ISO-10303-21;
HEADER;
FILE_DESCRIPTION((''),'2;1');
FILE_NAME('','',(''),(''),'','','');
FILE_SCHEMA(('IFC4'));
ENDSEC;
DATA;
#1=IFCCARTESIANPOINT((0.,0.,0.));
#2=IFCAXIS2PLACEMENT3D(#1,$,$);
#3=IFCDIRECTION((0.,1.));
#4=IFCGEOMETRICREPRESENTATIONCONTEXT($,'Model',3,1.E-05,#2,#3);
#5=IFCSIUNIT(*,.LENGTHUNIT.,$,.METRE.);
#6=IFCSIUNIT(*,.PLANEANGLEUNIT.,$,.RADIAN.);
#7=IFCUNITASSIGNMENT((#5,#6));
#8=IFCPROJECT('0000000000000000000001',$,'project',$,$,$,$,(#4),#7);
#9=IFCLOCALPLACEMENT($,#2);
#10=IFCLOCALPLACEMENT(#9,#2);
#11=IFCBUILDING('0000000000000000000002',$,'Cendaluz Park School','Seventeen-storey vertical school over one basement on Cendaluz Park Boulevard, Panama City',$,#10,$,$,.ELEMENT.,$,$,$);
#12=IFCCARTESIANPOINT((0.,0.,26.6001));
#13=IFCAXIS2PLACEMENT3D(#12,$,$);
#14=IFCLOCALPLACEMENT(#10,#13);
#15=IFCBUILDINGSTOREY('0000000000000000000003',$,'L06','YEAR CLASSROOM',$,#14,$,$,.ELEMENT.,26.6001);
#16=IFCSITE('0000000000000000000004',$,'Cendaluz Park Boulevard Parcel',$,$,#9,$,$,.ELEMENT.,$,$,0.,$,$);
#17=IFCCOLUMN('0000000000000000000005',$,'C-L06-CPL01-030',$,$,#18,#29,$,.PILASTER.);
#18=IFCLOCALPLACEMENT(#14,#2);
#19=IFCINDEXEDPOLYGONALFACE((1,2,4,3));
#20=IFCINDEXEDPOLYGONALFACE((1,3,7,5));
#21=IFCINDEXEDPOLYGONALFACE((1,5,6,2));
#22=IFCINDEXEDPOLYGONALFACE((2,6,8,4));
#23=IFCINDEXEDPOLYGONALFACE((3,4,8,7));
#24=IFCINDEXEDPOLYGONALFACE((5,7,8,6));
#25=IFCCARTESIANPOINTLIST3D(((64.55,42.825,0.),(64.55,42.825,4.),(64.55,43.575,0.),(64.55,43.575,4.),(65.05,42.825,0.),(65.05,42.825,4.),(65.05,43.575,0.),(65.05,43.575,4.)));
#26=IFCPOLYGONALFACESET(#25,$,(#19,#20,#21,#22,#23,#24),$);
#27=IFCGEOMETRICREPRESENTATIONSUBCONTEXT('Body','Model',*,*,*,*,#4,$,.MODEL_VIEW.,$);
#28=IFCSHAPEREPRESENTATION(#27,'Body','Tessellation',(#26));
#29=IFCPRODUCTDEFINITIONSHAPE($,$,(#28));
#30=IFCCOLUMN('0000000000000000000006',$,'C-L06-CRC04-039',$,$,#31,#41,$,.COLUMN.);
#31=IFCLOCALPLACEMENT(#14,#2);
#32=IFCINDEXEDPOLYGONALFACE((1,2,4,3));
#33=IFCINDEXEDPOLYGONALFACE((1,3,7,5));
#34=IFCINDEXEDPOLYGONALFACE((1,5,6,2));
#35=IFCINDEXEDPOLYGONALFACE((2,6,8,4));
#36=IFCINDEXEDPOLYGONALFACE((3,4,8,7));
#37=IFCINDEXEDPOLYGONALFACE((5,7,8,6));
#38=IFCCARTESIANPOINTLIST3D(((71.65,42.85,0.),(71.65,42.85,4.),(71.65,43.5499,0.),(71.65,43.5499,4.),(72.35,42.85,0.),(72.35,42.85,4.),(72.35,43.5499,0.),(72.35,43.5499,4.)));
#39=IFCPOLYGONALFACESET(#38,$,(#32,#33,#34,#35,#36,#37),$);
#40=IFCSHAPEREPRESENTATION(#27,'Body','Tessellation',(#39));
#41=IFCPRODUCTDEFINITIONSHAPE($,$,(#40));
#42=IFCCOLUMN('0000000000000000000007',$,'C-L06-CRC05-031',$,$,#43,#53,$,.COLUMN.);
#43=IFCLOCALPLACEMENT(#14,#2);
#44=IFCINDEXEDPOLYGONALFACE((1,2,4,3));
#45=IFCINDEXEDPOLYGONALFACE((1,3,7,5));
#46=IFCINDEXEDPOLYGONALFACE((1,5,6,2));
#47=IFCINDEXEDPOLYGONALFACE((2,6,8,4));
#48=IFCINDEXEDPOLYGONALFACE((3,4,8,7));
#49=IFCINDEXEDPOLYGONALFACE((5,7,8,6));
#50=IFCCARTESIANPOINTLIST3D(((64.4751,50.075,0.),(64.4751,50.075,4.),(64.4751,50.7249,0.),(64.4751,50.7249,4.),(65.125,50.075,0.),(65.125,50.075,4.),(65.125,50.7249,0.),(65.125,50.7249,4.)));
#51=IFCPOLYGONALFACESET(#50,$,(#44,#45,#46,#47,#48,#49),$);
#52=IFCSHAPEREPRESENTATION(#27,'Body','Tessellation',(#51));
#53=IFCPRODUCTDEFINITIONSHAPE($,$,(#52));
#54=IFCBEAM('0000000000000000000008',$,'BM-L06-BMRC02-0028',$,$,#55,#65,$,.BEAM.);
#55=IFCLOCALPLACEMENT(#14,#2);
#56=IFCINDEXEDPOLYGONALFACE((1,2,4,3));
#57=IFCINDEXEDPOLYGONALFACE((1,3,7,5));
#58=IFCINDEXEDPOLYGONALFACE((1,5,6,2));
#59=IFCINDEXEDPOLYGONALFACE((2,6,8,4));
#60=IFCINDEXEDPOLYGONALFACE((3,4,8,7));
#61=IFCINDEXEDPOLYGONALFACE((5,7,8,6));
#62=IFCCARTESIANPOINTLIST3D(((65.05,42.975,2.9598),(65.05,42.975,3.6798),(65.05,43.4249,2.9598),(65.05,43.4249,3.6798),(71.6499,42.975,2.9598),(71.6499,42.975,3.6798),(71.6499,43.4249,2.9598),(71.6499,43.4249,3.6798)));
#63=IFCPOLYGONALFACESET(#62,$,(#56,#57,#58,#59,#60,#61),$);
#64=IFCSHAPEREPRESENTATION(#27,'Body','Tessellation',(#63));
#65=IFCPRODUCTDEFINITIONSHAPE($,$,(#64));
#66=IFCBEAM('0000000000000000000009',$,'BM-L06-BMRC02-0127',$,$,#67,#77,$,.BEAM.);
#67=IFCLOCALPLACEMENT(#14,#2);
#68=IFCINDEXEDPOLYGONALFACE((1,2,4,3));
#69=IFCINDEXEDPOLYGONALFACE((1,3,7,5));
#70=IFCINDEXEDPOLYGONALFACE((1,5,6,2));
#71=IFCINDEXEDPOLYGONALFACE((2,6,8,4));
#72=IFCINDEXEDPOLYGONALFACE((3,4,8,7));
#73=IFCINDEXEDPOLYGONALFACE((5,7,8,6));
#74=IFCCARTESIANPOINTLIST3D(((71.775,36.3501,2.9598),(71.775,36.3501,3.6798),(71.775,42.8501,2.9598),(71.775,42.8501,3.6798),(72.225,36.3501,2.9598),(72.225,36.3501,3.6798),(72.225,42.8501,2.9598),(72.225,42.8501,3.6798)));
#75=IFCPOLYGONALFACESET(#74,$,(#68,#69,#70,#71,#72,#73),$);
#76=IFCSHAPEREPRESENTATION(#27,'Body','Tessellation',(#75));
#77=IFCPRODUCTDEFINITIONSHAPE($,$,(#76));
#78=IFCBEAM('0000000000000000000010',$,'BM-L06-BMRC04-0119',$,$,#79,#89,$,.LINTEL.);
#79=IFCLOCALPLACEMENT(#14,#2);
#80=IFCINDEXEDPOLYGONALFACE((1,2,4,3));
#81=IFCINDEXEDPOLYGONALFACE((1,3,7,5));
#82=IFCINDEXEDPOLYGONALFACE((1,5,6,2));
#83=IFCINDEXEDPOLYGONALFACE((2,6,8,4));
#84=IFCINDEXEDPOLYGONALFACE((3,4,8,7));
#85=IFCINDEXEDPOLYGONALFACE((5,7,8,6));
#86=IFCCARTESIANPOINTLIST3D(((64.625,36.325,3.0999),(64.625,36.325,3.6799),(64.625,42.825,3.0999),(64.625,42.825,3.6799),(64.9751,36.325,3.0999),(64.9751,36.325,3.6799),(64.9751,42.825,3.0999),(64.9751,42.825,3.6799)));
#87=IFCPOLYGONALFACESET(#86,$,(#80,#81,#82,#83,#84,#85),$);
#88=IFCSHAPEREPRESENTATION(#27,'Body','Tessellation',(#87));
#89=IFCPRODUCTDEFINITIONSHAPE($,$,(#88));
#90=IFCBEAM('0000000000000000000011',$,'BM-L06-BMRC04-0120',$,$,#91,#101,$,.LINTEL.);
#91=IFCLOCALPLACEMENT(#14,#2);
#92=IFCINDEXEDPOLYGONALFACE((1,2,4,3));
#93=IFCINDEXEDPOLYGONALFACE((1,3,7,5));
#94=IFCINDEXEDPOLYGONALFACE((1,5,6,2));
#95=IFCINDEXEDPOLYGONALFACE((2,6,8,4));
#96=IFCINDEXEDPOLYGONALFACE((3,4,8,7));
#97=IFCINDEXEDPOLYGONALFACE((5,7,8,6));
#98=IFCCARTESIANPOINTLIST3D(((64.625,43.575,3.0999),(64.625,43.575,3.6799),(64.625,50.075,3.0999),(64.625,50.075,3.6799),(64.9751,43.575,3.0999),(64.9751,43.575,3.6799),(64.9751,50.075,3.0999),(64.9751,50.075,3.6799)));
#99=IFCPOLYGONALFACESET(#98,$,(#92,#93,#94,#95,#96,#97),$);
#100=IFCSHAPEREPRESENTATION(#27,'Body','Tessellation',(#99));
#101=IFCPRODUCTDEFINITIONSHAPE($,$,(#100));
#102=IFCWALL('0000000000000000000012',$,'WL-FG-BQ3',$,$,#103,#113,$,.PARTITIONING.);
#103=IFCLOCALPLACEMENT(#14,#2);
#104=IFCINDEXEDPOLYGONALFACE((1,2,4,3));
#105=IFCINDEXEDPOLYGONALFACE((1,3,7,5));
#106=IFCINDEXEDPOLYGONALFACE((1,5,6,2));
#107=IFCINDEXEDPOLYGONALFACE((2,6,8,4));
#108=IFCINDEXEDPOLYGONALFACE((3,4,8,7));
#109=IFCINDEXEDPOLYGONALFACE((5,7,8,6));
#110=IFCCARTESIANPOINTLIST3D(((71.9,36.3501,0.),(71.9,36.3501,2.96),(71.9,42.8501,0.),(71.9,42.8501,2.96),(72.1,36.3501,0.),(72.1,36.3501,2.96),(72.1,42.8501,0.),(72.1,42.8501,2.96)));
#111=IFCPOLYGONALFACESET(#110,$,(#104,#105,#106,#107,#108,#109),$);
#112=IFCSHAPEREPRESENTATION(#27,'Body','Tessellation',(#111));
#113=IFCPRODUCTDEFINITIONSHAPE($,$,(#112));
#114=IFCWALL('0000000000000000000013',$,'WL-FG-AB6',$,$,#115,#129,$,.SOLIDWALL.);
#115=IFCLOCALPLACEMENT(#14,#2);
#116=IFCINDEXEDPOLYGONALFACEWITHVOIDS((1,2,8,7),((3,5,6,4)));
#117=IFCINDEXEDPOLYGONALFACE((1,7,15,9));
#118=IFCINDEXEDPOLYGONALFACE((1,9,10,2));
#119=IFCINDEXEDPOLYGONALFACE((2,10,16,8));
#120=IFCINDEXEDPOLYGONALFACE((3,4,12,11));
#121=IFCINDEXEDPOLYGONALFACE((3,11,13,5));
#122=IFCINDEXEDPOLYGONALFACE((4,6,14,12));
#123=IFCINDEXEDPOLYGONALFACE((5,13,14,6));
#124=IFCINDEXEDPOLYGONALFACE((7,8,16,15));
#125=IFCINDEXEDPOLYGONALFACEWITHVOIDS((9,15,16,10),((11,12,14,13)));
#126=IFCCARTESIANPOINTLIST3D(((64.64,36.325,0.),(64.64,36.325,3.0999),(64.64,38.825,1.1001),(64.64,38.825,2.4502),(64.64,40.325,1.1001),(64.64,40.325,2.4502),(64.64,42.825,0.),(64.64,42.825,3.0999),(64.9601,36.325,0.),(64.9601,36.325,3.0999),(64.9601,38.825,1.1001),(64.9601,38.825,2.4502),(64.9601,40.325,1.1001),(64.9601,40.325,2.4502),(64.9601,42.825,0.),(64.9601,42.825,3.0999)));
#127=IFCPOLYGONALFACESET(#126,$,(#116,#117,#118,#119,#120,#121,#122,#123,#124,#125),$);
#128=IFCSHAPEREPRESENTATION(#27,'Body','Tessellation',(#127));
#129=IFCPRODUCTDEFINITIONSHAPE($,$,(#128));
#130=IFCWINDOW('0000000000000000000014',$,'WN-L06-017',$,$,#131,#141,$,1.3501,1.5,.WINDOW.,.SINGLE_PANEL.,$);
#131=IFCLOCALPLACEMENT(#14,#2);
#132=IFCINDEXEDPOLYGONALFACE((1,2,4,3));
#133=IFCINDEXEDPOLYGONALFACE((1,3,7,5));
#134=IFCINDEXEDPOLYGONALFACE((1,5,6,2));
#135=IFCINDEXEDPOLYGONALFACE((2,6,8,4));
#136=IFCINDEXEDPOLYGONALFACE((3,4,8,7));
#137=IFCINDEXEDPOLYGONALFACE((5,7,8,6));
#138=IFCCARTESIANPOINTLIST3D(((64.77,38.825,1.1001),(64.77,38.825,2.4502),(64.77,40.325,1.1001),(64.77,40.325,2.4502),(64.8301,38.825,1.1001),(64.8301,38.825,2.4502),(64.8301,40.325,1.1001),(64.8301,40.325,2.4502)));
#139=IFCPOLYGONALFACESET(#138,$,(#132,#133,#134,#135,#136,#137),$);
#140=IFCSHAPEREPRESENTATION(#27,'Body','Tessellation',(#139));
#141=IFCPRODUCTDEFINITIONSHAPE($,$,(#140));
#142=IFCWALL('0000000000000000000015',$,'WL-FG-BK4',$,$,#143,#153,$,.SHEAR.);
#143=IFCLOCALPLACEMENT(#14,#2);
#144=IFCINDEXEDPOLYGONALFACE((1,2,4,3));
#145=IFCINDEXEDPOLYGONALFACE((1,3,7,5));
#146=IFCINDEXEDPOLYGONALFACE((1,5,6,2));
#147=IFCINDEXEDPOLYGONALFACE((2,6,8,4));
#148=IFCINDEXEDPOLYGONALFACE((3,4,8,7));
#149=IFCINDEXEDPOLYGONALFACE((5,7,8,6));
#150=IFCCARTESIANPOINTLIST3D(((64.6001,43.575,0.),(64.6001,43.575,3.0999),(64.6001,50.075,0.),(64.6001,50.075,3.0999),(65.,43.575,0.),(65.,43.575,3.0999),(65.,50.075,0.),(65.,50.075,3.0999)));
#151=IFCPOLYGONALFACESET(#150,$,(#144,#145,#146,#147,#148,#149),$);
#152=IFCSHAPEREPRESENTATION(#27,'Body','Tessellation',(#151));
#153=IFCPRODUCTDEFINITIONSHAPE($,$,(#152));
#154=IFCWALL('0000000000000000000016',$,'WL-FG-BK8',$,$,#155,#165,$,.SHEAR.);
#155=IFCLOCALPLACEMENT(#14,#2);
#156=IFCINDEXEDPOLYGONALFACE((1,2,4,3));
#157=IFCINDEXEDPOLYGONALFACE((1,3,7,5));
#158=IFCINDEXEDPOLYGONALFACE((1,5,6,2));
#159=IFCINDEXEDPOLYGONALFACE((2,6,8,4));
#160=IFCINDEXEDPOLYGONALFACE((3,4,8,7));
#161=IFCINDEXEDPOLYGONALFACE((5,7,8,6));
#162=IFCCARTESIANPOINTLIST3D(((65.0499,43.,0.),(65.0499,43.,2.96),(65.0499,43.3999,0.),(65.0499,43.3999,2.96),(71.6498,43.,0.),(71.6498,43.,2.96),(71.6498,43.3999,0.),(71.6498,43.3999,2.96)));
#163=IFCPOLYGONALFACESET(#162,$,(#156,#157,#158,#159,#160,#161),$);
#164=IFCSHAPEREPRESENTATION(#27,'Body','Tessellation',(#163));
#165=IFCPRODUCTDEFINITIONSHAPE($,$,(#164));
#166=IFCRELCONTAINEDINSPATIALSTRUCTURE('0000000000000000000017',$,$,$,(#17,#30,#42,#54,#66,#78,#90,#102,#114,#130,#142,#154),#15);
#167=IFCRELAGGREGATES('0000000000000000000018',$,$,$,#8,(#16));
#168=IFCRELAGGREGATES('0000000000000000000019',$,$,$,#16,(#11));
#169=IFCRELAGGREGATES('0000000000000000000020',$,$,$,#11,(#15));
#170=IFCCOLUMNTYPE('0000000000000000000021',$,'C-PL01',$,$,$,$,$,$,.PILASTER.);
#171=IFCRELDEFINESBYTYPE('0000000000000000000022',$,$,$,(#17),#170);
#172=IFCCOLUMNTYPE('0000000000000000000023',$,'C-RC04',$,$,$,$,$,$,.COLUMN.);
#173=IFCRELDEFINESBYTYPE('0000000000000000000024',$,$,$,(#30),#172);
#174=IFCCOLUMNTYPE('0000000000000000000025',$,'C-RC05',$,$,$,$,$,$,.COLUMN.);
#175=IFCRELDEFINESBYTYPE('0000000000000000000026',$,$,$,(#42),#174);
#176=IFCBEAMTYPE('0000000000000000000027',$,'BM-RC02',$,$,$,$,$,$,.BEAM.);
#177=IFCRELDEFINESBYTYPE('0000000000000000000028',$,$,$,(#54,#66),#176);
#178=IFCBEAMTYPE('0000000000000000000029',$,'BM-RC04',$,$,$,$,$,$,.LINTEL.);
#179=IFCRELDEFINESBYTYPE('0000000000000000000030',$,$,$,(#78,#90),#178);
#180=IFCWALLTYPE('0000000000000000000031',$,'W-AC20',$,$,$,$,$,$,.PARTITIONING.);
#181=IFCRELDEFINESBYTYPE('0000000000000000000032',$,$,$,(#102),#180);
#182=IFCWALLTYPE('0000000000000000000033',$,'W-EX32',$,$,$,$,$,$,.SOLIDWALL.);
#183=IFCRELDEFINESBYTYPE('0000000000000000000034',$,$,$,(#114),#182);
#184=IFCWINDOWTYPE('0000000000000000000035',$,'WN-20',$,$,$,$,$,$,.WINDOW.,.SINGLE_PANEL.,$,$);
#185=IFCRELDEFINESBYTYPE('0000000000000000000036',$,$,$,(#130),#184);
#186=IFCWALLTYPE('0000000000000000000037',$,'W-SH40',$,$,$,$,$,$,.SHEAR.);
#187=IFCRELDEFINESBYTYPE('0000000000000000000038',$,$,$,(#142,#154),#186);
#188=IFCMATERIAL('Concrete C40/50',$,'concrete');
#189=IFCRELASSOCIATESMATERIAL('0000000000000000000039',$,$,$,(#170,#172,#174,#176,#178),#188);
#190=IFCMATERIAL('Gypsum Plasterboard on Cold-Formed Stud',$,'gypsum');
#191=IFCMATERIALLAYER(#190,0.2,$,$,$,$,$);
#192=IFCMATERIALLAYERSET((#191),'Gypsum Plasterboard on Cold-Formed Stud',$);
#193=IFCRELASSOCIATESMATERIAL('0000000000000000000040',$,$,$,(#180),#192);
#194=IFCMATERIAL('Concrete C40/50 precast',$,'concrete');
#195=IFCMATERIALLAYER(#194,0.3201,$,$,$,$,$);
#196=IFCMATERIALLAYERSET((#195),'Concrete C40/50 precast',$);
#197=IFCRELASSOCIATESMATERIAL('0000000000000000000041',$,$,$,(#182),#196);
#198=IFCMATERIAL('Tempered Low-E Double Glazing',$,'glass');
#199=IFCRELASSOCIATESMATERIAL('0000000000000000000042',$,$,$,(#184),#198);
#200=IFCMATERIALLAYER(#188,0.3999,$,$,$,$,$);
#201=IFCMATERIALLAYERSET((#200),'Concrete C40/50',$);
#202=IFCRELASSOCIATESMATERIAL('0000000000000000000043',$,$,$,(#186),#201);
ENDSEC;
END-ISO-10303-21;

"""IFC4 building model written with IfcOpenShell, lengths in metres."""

from ifc_helpers import new_model, si_unit, direction, frame, frame_2d, origin, origin_2d, place, context, subcontext, project, spatial, rectangle, extrude, material, layer, layer_set, material_profile, profile_set, type_object, element, fill, save


model = new_model("IFC4")

# Units and contexts
model_context = context("Model", 3, precision=1e-05, world=origin(), true_north=direction((0.0, 1.0)))
body_context = subcontext(model_context, "Body", "Model", "MODEL_VIEW")
ifc_project = project(units=[si_unit("LENGTHUNIT", "METRE"), si_unit("PLANEANGLEUNIT", "RADIAN")], contexts=[model_context])

# Site, building, storey
site_placement = place(None, origin())
site = spatial("IfcSite", under=ifc_project, at=site_placement, Name="Cendaluz Park Boulevard Parcel", CompositionType="ELEMENT", RefElevation=0.0)
building_placement = place(site_placement, origin())
building = spatial("IfcBuilding", under=site, at=building_placement, Name="Cendaluz Park School", Description="Seventeen-storey vertical school over one basement on Cendaluz Park Boulevard, Panama City", CompositionType="ELEMENT")
storey_placement = place(building_placement, frame((0.0, 0.0, 26.6001)))
storey = spatial("IfcBuildingStorey", under=building, at=storey_placement, Name="L06", Description="YEAR CLASSROOM", CompositionType="ELEMENT", Elevation=26.6001)

# Columns
ifc_material_1 = material(Name="Concrete C40/50", Category="concrete")
ifc_material_profile_1 = material_profile(ifc_material_1, rectangle(XDim=0.5, YDim=0.75, at=origin_2d()), Name="RC 500x750", Category="concrete")
ifc_profile_set_1 = profile_set([ifc_material_profile_1], Name="Concrete C40/50")
column_type_1 = type_object("IfcColumnType", Name="C-PL01", PredefinedType="PILASTER", material=ifc_profile_set_1)
column_1_placement = place(storey_placement, frame((64.8, 43.2, 0.0), z_axis=(0.0, 0.0, 1.0), x_axis=(1.0, 0.0, 0.0)))
element("IfcColumn", 1, at=column_1_placement, inside=storey, type_object=column_type_1, Name="C-L06-CPL01-030", PredefinedType="PILASTER", context=body_context, shape_type="SweptSolid", body=[
    extrude(rectangle(XDim=0.5, YDim=0.75, at=origin_2d()), origin(), (0.0, 0.0, 1.0), 4.0),
])
ifc_material_profile_2 = material_profile(ifc_material_1, rectangle(XDim=0.7, YDim=0.7, at=origin_2d()), Name="RC 700x700", Category="concrete")
ifc_profile_set_2 = profile_set([ifc_material_profile_2], Name="Concrete C40/50")
column_type_2 = type_object("IfcColumnType", Name="C-RC04", PredefinedType="COLUMN", material=ifc_profile_set_2)
column_2_placement = place(storey_placement, frame((72.0, 43.2, 0.0), z_axis=(0.0, 0.0, 1.0), x_axis=(1.0, 0.0, 0.0)))
element("IfcColumn", 2, at=column_2_placement, inside=storey, type_object=column_type_2, Name="C-L06-CRC04-039", PredefinedType="COLUMN", context=body_context, shape_type="SweptSolid", body=[
    extrude(rectangle(XDim=0.7, YDim=0.7, at=origin_2d()), origin(), (0.0, 0.0, 1.0), 4.0),
])
ifc_material_profile_3 = material_profile(ifc_material_1, rectangle(XDim=0.6499, YDim=0.6499, at=origin_2d()), Name="RC 650x650", Category="concrete")
ifc_profile_set_3 = profile_set([ifc_material_profile_3], Name="Concrete C40/50")
column_type_3 = type_object("IfcColumnType", Name="C-RC05", PredefinedType="COLUMN", material=ifc_profile_set_3)
column_3_placement = place(storey_placement, frame((64.8, 50.3999, 0.0), z_axis=(0.0, 0.0, 1.0), x_axis=(1.0, 0.0, 0.0)))
element("IfcColumn", 3, at=column_3_placement, inside=storey, type_object=column_type_3, Name="C-L06-CRC05-031", PredefinedType="COLUMN", context=body_context, shape_type="SweptSolid", body=[
    extrude(rectangle(XDim=0.6499, YDim=0.6499, at=origin_2d()), origin(), (0.0, 0.0, 1.0), 4.0),
])

# Beams
ifc_material_profile_4 = material_profile(ifc_material_1, rectangle(XDim=0.45, YDim=0.72, at=origin_2d()), Name="RC 450x720", Category="concrete")
ifc_profile_set_4 = profile_set([ifc_material_profile_4], Name="Concrete C40/50")
beam_type_1 = type_object("IfcBeamType", Name="BM-RC02", PredefinedType="BEAM", material=ifc_profile_set_4)
beam_1_placement = place(storey_placement, frame((65.05, 43.2, 3.3198), z_axis=(1.0, 0.0, 0.0), x_axis=(0.0, 1.0, 0.0)))
element("IfcBeam", 4, at=beam_1_placement, inside=storey, type_object=beam_type_1, Name="BM-L06-BMRC02-0028", PredefinedType="BEAM", context=body_context, shape_type="SweptSolid", body=[
    extrude(rectangle(XDim=0.45, YDim=0.72, at=origin_2d()), origin(), (0.0, 0.0, 1.0), 6.5999),
])
beam_2_placement = place(storey_placement, frame((72.0, 36.3501, 3.3198), z_axis=(0.0, 1.0, 0.0), x_axis=(-1.0, 0.0, 0.0)))
element("IfcBeam", 5, at=beam_2_placement, inside=storey, type_object=beam_type_1, Name="BM-L06-BMRC02-0127", PredefinedType="BEAM", context=body_context, shape_type="SweptSolid", body=[
    extrude(rectangle(XDim=0.45, YDim=0.72, at=origin_2d()), origin(), (0.0, 0.0, 1.0), 6.5),
])
ifc_material_profile_5 = material_profile(ifc_material_1, rectangle(XDim=0.3501, YDim=0.5801, at=origin_2d()), Name="RC 350x580", Category="concrete")
ifc_profile_set_5 = profile_set([ifc_material_profile_5], Name="Concrete C40/50")
beam_type_2 = type_object("IfcBeamType", Name="BM-RC04", PredefinedType="LINTEL", material=ifc_profile_set_5)
for number, where, z_axis, x_axis, name in (
    (6, (64.8, 36.325, 3.3899), (0.0, 1.0, 0.0), (-1.0, 0.0, 0.0), "BM-L06-BMRC04-0119"),
    (7, (64.8, 43.575, 3.3899), (0.0, 1.0, 0.0), (-1.0, 0.0, 0.0), "BM-L06-BMRC04-0120"),
):
    element("IfcBeam", number, at=place(storey_placement, frame(where, z_axis=z_axis, x_axis=x_axis)), inside=storey, type_object=beam_type_2, Name=name, PredefinedType="LINTEL", context=body_context, shape_type="SweptSolid", body=[
        extrude(rectangle(XDim=0.3501, YDim=0.5801, at=origin_2d()), origin(), (0.0, 0.0, 1.0), 6.5),
    ])

# Wall
ifc_material_2 = material(Name="Gypsum Plasterboard on Cold-Formed Stud", Category="gypsum")
ifc_layer_1 = layer(ifc_material_2, 0.2)
ifc_layer_set_1 = layer_set([ifc_layer_1], Name="Gypsum Plasterboard on Cold-Formed Stud")
wall_type_1 = type_object("IfcWallType", Name="W-AC20", PredefinedType="PARTITIONING", material=ifc_layer_set_1)
wall_1_placement = place(storey_placement, frame((72.0, 36.3501, 0.0), z_axis=(0.0, 0.0, 1.0), x_axis=(0.0, 1.0, 0.0)))
element("IfcWall", 8, at=wall_1_placement, inside=storey, type_object=wall_type_1, Name="WL-FG-BQ3", PredefinedType="PARTITIONING", context=body_context, shape_type="SweptSolid", body=[
    extrude(rectangle(XDim=6.5, YDim=0.2, at=frame_2d((3.25, 0.0))), origin(), (0.0, 0.0, 1.0), 2.96),
])

# Wall, opening, window
ifc_material_3 = material(Name="Concrete C40/50 precast", Category="concrete")
ifc_layer_2 = layer(ifc_material_3, 0.3201)
ifc_layer_set_2 = layer_set([ifc_layer_2], Name="Concrete C40/50 precast")
wall_type_2 = type_object("IfcWallType", Name="W-EX32", PredefinedType="SOLIDWALL", material=ifc_layer_set_2)
wall_2_placement = place(storey_placement, frame((64.8, 36.325, 0.0), z_axis=(0.0, 0.0, 1.0), x_axis=(0.0, 1.0, 0.0)))
wall_2 = element("IfcWall", 9, at=wall_2_placement, inside=storey, type_object=wall_type_2, Name="WL-FG-AB6", PredefinedType="SOLIDWALL", context=body_context, shape_type="SweptSolid", body=[
    extrude(rectangle(XDim=6.5, YDim=0.3201, at=frame_2d((3.25, 0.0))), origin(), (0.0, 0.0, 1.0), 3.0999),
])
opening_1_placement = place(wall_2_placement, frame((2.5, 0.0, 1.1001)))
opening_1 = element("IfcOpeningElement", 10, at=opening_1_placement, cuts=wall_2, PredefinedType="OPENING", context=body_context, shape_type="SweptSolid", body=[
    extrude(rectangle(XDim=1.5, YDim=1.3501, at=frame_2d((0.75, 0.675))), frame((0.0, 0.1721, 0.0), z_axis=(0.0, -1.0, 0.0), x_axis=(1.0, 0.0, 0.0)), (0.0, 0.0, 1.0), 0.344),
])
ifc_material_4 = material(Name="Tempered Low-E Double Glazing", Category="glass")
window_type = type_object("IfcWindowType", Name="WN-20", PartitioningType="SINGLE_PANEL", PredefinedType="WINDOW", material=ifc_material_4)
window_placement = place(opening_1_placement, origin())
window = element("IfcWindow", 11, at=window_placement, inside=storey, type_object=window_type, Name="WN-L06-017", OverallHeight=1.3501, OverallWidth=1.5, PartitioningType="SINGLE_PANEL", PredefinedType="WINDOW", context=body_context, shape_type="SweptSolid", body=[
    extrude(rectangle(XDim=1.5, YDim=1.3501, at=frame_2d((0.75, 0.675))), frame((0.0, 0.03, 0.0), z_axis=(0.0, -1.0, 0.0), x_axis=(1.0, 0.0, 0.0)), (0.0, 0.0, 1.0), 0.0601),
])
fill(opening_1, window)

# Walls
ifc_layer_3 = layer(ifc_material_1, 0.3999)
ifc_layer_set_3 = layer_set([ifc_layer_3], Name="Concrete C40/50")
wall_type_3 = type_object("IfcWallType", Name="W-SH40", PredefinedType="SHEAR", material=ifc_layer_set_3)
wall_3_placement = place(storey_placement, frame((64.8, 43.575, 0.0), z_axis=(0.0, 0.0, 1.0), x_axis=(0.0, 1.0, 0.0)))
element("IfcWall", 12, at=wall_3_placement, inside=storey, type_object=wall_type_3, Name="WL-FG-BK4", PredefinedType="SHEAR", context=body_context, shape_type="SweptSolid", body=[
    extrude(rectangle(XDim=6.5, YDim=0.3999, at=frame_2d((3.25, 0.0))), origin(), (0.0, 0.0, 1.0), 3.0999),
])
wall_4_placement = place(storey_placement, frame((65.05, 43.2, 0.0), z_axis=(0.0, 0.0, 1.0), x_axis=(1.0, 0.0, 0.0)))
element("IfcWall", 13, at=wall_4_placement, inside=storey, type_object=wall_type_3, Name="WL-FG-BK8", PredefinedType="SHEAR", context=body_context, shape_type="SweptSolid", body=[
    extrude(rectangle(XDim=6.5999, YDim=0.3999, at=frame_2d((3.2998, 0.0))), origin(), (0.0, 0.0, 1.0), 2.96),
])

save(model, "model.ifc")
